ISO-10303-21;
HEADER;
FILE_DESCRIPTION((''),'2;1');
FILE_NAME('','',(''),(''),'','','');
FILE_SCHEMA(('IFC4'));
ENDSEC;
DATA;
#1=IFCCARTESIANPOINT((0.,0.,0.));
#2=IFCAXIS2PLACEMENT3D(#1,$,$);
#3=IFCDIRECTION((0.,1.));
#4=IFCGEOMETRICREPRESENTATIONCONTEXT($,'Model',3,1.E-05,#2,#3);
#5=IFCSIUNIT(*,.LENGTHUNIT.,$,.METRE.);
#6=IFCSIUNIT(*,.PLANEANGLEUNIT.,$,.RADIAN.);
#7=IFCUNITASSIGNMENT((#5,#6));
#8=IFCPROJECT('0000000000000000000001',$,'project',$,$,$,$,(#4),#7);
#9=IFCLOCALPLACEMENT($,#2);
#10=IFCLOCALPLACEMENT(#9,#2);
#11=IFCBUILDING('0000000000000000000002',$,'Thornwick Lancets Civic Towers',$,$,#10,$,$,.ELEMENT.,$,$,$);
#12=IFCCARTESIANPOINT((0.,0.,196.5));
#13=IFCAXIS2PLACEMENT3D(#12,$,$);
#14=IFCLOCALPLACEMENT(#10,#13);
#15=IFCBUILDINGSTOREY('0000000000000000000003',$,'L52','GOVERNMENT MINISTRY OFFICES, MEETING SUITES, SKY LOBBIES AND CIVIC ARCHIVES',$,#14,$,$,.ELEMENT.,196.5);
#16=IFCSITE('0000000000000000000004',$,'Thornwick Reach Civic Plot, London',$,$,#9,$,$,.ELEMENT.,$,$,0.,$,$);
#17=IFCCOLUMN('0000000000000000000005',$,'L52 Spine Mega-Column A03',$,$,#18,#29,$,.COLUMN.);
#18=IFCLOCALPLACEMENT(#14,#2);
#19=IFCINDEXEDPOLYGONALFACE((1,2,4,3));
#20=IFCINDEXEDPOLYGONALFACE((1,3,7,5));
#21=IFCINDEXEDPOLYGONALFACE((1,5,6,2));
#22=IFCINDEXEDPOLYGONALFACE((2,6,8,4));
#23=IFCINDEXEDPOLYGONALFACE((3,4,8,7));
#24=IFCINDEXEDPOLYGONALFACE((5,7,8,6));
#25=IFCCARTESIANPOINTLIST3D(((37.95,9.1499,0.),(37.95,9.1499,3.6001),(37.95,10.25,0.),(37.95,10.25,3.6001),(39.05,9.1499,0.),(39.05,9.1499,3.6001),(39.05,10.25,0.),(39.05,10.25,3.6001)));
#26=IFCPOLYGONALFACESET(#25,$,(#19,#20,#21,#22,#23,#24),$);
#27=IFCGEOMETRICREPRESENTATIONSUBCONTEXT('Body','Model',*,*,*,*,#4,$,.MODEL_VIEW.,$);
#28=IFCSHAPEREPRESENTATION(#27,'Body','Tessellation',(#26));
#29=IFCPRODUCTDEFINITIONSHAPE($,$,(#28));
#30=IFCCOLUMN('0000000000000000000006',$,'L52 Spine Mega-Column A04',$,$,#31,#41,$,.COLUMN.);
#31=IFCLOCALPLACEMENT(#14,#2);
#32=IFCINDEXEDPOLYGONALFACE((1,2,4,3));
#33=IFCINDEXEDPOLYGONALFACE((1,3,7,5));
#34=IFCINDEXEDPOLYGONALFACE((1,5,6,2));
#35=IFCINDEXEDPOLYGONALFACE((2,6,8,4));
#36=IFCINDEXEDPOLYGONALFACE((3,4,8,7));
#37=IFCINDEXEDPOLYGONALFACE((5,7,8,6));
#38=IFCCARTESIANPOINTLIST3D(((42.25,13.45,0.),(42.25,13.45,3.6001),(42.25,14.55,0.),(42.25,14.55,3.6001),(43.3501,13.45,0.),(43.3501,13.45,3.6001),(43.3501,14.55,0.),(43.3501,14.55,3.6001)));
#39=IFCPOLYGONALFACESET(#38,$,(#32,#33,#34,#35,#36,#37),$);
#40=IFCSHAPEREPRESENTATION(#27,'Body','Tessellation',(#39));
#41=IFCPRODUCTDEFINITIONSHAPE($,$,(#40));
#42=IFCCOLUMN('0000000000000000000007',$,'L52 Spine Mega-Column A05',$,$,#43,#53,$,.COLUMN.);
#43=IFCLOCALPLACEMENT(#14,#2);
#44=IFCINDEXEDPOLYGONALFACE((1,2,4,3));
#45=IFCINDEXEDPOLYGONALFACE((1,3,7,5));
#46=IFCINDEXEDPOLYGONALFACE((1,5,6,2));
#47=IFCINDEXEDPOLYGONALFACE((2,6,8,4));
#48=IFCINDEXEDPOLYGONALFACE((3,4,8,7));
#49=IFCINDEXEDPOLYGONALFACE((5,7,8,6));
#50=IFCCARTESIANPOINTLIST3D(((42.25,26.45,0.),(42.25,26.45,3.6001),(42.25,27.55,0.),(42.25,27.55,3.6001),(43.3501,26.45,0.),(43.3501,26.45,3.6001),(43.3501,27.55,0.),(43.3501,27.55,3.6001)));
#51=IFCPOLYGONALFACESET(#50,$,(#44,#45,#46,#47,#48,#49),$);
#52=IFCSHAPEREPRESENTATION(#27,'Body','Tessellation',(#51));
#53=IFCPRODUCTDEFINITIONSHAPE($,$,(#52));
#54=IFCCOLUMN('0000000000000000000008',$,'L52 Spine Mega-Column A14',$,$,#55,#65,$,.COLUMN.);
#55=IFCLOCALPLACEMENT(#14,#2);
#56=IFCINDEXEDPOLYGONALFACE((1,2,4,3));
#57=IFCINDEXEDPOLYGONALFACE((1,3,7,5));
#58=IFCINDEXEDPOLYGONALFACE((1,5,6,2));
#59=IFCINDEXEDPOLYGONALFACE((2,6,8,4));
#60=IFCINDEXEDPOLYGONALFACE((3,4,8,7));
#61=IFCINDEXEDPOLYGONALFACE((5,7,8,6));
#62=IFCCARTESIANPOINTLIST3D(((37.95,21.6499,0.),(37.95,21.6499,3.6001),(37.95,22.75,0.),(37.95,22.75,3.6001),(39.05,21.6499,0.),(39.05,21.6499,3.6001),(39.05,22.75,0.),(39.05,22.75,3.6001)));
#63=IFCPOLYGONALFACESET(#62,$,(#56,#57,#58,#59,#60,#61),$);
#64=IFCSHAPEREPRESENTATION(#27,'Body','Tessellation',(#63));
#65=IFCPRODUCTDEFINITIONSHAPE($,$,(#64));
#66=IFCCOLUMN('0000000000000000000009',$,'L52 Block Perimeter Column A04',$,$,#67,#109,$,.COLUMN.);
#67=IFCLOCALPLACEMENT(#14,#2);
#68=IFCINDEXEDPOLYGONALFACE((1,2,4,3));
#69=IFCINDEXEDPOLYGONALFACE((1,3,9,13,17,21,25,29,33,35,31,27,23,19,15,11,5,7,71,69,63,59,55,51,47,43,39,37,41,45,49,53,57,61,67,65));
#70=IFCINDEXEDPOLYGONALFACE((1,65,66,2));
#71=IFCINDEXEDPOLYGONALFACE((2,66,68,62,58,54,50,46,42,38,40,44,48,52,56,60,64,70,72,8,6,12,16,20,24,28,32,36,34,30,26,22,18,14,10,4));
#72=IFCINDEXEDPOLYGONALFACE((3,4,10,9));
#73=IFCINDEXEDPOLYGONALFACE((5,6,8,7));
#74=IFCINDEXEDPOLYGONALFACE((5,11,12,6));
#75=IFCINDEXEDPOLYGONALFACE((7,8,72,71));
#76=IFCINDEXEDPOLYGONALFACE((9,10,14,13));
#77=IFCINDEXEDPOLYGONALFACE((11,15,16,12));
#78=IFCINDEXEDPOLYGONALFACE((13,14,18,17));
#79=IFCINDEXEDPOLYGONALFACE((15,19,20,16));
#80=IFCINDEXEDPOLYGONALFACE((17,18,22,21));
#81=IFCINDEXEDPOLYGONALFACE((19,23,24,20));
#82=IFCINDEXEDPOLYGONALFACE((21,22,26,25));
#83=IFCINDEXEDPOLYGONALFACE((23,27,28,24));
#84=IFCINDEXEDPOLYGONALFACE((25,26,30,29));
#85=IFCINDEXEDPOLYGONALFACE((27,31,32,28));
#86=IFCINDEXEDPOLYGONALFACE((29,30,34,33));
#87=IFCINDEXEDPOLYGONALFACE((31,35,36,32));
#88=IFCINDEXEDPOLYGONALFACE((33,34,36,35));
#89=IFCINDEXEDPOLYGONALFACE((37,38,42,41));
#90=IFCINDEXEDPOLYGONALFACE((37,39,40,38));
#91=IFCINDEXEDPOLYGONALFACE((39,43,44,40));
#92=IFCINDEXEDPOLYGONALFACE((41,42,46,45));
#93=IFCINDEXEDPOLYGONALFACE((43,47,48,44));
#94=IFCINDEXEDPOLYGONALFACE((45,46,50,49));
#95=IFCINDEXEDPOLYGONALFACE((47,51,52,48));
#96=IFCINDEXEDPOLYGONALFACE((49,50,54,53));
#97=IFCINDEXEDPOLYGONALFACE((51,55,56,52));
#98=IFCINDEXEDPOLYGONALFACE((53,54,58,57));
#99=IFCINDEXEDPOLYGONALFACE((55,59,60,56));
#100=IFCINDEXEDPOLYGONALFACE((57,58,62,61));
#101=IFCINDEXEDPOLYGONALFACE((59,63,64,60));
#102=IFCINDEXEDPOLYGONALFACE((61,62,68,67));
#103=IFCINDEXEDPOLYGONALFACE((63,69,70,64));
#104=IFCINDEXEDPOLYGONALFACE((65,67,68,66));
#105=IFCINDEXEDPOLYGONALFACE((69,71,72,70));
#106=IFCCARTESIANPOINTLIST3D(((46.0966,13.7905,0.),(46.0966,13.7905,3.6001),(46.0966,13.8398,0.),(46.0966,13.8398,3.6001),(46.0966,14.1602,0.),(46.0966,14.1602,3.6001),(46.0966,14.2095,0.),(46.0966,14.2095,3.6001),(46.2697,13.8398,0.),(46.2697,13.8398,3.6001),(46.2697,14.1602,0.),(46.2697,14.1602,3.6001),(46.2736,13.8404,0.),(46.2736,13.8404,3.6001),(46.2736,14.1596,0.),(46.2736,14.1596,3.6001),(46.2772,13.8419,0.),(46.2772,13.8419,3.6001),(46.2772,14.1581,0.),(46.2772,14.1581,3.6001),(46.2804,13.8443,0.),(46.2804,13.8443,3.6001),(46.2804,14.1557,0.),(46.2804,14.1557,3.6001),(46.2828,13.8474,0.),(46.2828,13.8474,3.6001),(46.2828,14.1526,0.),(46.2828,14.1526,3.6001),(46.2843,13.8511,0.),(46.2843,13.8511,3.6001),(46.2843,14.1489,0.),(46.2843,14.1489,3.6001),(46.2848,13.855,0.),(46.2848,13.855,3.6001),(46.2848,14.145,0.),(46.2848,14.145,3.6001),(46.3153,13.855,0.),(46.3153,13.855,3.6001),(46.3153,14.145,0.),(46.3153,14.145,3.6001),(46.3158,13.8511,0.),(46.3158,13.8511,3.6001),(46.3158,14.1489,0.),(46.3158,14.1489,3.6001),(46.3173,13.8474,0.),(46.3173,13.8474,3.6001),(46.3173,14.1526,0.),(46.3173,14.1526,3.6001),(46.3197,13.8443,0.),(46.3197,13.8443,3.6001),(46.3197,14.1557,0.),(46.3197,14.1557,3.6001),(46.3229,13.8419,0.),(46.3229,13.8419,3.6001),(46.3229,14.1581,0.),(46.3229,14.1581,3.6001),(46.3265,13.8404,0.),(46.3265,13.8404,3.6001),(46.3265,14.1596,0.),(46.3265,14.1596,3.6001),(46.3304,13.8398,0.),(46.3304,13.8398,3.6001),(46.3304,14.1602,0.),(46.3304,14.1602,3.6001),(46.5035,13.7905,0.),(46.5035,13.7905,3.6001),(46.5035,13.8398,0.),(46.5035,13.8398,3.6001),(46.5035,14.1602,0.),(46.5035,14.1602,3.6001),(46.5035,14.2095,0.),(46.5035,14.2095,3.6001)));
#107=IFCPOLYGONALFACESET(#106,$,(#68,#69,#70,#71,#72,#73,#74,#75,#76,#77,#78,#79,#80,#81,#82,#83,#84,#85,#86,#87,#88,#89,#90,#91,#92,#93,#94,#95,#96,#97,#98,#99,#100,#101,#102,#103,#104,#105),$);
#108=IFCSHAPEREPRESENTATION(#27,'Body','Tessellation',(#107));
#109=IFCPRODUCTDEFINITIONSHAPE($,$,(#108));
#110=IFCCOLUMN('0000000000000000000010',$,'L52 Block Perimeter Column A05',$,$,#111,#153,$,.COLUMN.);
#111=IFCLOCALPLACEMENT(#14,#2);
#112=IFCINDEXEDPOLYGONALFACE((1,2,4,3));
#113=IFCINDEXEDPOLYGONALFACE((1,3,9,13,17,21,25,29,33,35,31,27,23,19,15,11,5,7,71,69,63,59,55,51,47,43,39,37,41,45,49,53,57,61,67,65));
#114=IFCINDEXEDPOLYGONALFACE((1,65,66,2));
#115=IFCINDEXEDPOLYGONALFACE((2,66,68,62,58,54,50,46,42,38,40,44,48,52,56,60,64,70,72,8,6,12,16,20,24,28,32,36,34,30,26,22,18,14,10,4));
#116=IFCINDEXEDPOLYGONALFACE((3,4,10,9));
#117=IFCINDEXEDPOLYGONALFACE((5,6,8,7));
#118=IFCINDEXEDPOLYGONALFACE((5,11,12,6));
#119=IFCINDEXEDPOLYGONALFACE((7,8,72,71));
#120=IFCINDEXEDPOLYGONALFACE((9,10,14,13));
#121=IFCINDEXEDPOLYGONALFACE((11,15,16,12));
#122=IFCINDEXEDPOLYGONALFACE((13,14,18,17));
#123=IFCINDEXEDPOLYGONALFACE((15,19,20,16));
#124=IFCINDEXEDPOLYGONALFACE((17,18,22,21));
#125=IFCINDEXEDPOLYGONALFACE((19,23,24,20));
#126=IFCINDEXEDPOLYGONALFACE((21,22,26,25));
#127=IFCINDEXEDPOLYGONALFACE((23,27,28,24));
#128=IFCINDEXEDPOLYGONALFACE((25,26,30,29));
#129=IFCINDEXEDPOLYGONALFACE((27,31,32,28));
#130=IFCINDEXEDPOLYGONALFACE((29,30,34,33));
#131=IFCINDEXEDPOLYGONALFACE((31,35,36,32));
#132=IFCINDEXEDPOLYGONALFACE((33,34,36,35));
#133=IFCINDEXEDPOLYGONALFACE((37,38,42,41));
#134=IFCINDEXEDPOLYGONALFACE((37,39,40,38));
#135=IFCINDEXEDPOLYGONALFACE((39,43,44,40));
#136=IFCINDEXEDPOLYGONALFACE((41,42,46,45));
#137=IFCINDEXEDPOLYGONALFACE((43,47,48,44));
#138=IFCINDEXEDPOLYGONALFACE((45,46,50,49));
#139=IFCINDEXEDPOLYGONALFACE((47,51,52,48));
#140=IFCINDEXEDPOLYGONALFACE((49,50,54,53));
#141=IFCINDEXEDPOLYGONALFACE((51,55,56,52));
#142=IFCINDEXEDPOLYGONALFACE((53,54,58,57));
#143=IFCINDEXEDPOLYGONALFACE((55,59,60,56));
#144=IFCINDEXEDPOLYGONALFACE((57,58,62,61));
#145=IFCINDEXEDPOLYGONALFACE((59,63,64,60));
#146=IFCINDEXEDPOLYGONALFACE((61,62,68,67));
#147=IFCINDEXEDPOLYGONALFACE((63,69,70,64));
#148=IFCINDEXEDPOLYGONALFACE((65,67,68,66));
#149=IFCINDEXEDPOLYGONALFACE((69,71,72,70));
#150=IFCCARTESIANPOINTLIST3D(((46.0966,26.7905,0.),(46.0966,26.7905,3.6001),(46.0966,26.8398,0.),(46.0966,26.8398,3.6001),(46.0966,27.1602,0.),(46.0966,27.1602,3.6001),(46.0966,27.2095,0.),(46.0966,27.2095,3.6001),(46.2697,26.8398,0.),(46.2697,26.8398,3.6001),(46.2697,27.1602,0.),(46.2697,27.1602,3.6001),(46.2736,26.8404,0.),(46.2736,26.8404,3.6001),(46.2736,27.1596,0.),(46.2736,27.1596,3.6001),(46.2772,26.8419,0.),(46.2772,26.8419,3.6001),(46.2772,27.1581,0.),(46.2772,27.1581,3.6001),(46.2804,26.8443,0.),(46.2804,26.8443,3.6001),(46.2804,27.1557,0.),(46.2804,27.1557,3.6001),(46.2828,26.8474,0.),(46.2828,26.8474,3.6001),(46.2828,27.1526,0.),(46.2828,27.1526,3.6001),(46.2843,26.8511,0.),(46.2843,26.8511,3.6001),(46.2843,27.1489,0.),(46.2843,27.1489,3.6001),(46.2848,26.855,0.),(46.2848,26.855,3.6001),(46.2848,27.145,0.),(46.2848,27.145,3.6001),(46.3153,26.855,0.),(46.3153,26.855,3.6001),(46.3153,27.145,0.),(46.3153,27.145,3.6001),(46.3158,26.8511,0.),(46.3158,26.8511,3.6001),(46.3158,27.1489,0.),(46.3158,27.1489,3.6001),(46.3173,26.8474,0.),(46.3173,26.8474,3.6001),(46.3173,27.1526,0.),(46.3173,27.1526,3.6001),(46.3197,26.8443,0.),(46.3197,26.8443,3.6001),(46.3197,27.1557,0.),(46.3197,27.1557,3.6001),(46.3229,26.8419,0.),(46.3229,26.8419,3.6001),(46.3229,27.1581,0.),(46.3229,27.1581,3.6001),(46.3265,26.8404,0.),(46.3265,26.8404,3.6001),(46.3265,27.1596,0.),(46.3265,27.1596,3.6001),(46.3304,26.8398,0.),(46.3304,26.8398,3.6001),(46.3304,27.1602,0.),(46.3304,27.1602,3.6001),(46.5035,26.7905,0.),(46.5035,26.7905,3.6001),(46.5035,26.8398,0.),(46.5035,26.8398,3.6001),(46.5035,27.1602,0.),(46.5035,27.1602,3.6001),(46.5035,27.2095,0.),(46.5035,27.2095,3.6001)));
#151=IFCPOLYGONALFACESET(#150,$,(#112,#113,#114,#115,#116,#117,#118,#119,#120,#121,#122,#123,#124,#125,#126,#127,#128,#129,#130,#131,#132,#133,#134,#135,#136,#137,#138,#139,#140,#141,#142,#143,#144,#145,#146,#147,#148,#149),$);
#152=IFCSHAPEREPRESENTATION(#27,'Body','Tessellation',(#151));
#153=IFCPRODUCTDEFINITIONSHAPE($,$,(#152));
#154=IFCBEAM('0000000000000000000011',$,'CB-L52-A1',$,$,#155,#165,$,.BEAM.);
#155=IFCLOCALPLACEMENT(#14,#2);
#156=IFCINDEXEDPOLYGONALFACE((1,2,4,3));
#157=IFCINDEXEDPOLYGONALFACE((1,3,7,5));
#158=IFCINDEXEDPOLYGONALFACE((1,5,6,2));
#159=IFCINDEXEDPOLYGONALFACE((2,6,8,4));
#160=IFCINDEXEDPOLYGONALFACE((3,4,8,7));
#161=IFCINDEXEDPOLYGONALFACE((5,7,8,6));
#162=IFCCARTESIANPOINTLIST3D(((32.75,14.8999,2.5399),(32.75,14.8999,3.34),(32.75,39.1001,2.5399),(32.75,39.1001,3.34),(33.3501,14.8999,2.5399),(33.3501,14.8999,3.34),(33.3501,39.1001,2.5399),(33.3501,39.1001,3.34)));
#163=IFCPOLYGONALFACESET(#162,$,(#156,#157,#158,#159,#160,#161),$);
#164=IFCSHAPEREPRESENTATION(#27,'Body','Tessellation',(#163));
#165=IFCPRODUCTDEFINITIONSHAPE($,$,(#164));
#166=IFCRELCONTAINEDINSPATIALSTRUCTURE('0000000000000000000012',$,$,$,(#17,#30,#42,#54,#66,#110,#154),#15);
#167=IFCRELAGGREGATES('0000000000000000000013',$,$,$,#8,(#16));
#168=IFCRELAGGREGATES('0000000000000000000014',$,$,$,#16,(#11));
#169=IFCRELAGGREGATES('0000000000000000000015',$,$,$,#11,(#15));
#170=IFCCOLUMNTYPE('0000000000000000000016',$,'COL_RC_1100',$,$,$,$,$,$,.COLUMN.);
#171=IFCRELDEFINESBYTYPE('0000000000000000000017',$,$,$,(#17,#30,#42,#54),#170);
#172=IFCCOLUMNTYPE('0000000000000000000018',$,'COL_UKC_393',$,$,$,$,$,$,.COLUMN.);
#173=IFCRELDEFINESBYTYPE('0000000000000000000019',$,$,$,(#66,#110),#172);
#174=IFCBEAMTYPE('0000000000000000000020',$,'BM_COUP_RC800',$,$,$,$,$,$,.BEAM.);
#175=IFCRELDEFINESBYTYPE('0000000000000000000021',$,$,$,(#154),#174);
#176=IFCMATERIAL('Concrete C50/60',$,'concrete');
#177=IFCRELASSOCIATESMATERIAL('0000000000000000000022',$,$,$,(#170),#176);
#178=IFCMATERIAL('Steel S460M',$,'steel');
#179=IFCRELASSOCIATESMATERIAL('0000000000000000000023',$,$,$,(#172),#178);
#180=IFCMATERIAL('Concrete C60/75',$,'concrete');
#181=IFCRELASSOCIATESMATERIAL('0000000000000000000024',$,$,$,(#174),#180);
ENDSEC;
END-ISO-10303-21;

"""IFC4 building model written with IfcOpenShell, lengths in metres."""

from ifc_helpers import new_model, si_unit, direction, frame, origin, origin_2d, place, context, subcontext, project, spatial, rectangle, i_section, extrude, material, material_profile, profile_set, type_object, element, save


model = new_model("IFC4")

# Units and contexts
model_context = context("Model", 3, precision=1e-05, world=origin(), true_north=direction((0.0, 1.0)))
body_context = subcontext(model_context, "Body", "Model", "MODEL_VIEW")
ifc_project = project(units=[si_unit("LENGTHUNIT", "METRE"), si_unit("PLANEANGLEUNIT", "RADIAN")], contexts=[model_context])

# Site, building, storey
site_placement = place(None, origin())
site = spatial("IfcSite", under=ifc_project, at=site_placement, Name="Thornwick Reach Civic Plot, London", CompositionType="ELEMENT", RefElevation=0.0)
building_placement = place(site_placement, origin())
building = spatial("IfcBuilding", under=site, at=building_placement, Name="Thornwick Lancets Civic Towers", CompositionType="ELEMENT")
storey_placement = place(building_placement, frame((0.0, 0.0, 196.5)))
storey = spatial("IfcBuildingStorey", under=building, at=storey_placement, Name="L52", Description="GOVERNMENT MINISTRY OFFICES, MEETING SUITES, SKY LOBBIES AND CIVIC ARCHIVES", CompositionType="ELEMENT", Elevation=196.5)

# Columns
ifc_material_1 = material(Name="Concrete C50/60", Category="concrete")
ifc_material_profile_1 = material_profile(ifc_material_1, rectangle(XDim=1.1001, YDim=1.1001, at=origin_2d()), Name="RC 1100x1100")
ifc_profile_set_1 = profile_set([ifc_material_profile_1], Name="Concrete C50/60")
column_type_1 = type_object("IfcColumnType", Name="COL_RC_1100", PredefinedType="COLUMN", material=ifc_profile_set_1)
for number, where, z_axis, x_axis, name in (
    (1, (38.5, 9.7, 0.0), (0.0, 0.0, 1.0), (1.0, 0.0, 0.0), "L52 Spine Mega-Column A03"),
    (2, (42.8, 14.0, 0.0), (0.0, 0.0, 1.0), (1.0, 0.0, 0.0), "L52 Spine Mega-Column A04"),
    (3, (42.8, 27.0, 0.0), (0.0, 0.0, 1.0), (1.0, 0.0, 0.0), "L52 Spine Mega-Column A05"),
    (4, (38.5, 22.2, 0.0), (0.0, 0.0, 1.0), (1.0, 0.0, 0.0), "L52 Spine Mega-Column A14"),
):
    element("IfcColumn", number, at=place(storey_placement, frame(where, z_axis=z_axis, x_axis=x_axis)), inside=storey, type_object=column_type_1, Name=name, PredefinedType="COLUMN", context=body_context, shape_type="SweptSolid", body=[
        extrude(rectangle(XDim=1.1001, YDim=1.1001, at=origin_2d()), origin(), (0.0, 0.0, 1.0), 3.6001),
    ])
ifc_material_2 = material(Name="Steel S460M", Category="steel")
ifc_material_profile_2 = material_profile(ifc_material_2, i_section(OverallWidth=0.407, OverallDepth=0.4189, WebThickness=0.0305, FlangeThickness=0.0493, FilletRadius=0.0151, at=origin_2d()), Name="UKC 356x406x393")
ifc_profile_set_2 = profile_set([ifc_material_profile_2], Name="Steel S460M")
column_type_2 = type_object("IfcColumnType", Name="COL_UKC_393", PredefinedType="COLUMN", material=ifc_profile_set_2)
for number, where, z_axis, x_axis, name in (
    (5, (46.3, 14.0, 0.0), (0.0, 0.0, 1.0), (1.0, 0.0, 0.0), "L52 Block Perimeter Column A04"),
    (6, (46.3, 27.0, 0.0), (0.0, 0.0, 1.0), (1.0, 0.0, 0.0), "L52 Block Perimeter Column A05"),
):
    element("IfcColumn", number, at=place(storey_placement, frame(where, z_axis=z_axis, x_axis=x_axis)), inside=storey, type_object=column_type_2, Name=name, PredefinedType="COLUMN", context=body_context, shape_type="SweptSolid", body=[
        extrude(i_section(OverallWidth=0.407, OverallDepth=0.4189, WebThickness=0.0305, FlangeThickness=0.0493, FilletRadius=0.0151, at=origin_2d()), origin(), (0.0, 0.0, 1.0), 3.6001),
    ])

# Beam
ifc_material_3 = material(Name="Concrete C60/75", Category="concrete")
ifc_material_profile_3 = material_profile(ifc_material_3, rectangle(XDim=0.6001, YDim=0.8, at=origin_2d()), Name="RC 600x800")
ifc_profile_set_3 = profile_set([ifc_material_profile_3], Name="Concrete C60/75")
beam_type_1 = type_object("IfcBeamType", Name="BM_COUP_RC800", PredefinedType="BEAM", material=ifc_profile_set_3)
beam_1_placement = place(storey_placement, frame((33.05, 14.8999, 2.9399), z_axis=(0.0, 1.0, 0.0), x_axis=(-1.0, 0.0, 0.0)))
element("IfcBeam", 7, at=beam_1_placement, inside=storey, type_object=beam_type_1, Name="CB-L52-A1", PredefinedType="BEAM", context=body_context, shape_type="SweptSolid", body=[
    extrude(rectangle(XDim=0.6001, YDim=0.8, at=origin_2d()), origin(), (0.0, 0.0, 1.0), 24.2002),
])

save(model, "model.ifc")
